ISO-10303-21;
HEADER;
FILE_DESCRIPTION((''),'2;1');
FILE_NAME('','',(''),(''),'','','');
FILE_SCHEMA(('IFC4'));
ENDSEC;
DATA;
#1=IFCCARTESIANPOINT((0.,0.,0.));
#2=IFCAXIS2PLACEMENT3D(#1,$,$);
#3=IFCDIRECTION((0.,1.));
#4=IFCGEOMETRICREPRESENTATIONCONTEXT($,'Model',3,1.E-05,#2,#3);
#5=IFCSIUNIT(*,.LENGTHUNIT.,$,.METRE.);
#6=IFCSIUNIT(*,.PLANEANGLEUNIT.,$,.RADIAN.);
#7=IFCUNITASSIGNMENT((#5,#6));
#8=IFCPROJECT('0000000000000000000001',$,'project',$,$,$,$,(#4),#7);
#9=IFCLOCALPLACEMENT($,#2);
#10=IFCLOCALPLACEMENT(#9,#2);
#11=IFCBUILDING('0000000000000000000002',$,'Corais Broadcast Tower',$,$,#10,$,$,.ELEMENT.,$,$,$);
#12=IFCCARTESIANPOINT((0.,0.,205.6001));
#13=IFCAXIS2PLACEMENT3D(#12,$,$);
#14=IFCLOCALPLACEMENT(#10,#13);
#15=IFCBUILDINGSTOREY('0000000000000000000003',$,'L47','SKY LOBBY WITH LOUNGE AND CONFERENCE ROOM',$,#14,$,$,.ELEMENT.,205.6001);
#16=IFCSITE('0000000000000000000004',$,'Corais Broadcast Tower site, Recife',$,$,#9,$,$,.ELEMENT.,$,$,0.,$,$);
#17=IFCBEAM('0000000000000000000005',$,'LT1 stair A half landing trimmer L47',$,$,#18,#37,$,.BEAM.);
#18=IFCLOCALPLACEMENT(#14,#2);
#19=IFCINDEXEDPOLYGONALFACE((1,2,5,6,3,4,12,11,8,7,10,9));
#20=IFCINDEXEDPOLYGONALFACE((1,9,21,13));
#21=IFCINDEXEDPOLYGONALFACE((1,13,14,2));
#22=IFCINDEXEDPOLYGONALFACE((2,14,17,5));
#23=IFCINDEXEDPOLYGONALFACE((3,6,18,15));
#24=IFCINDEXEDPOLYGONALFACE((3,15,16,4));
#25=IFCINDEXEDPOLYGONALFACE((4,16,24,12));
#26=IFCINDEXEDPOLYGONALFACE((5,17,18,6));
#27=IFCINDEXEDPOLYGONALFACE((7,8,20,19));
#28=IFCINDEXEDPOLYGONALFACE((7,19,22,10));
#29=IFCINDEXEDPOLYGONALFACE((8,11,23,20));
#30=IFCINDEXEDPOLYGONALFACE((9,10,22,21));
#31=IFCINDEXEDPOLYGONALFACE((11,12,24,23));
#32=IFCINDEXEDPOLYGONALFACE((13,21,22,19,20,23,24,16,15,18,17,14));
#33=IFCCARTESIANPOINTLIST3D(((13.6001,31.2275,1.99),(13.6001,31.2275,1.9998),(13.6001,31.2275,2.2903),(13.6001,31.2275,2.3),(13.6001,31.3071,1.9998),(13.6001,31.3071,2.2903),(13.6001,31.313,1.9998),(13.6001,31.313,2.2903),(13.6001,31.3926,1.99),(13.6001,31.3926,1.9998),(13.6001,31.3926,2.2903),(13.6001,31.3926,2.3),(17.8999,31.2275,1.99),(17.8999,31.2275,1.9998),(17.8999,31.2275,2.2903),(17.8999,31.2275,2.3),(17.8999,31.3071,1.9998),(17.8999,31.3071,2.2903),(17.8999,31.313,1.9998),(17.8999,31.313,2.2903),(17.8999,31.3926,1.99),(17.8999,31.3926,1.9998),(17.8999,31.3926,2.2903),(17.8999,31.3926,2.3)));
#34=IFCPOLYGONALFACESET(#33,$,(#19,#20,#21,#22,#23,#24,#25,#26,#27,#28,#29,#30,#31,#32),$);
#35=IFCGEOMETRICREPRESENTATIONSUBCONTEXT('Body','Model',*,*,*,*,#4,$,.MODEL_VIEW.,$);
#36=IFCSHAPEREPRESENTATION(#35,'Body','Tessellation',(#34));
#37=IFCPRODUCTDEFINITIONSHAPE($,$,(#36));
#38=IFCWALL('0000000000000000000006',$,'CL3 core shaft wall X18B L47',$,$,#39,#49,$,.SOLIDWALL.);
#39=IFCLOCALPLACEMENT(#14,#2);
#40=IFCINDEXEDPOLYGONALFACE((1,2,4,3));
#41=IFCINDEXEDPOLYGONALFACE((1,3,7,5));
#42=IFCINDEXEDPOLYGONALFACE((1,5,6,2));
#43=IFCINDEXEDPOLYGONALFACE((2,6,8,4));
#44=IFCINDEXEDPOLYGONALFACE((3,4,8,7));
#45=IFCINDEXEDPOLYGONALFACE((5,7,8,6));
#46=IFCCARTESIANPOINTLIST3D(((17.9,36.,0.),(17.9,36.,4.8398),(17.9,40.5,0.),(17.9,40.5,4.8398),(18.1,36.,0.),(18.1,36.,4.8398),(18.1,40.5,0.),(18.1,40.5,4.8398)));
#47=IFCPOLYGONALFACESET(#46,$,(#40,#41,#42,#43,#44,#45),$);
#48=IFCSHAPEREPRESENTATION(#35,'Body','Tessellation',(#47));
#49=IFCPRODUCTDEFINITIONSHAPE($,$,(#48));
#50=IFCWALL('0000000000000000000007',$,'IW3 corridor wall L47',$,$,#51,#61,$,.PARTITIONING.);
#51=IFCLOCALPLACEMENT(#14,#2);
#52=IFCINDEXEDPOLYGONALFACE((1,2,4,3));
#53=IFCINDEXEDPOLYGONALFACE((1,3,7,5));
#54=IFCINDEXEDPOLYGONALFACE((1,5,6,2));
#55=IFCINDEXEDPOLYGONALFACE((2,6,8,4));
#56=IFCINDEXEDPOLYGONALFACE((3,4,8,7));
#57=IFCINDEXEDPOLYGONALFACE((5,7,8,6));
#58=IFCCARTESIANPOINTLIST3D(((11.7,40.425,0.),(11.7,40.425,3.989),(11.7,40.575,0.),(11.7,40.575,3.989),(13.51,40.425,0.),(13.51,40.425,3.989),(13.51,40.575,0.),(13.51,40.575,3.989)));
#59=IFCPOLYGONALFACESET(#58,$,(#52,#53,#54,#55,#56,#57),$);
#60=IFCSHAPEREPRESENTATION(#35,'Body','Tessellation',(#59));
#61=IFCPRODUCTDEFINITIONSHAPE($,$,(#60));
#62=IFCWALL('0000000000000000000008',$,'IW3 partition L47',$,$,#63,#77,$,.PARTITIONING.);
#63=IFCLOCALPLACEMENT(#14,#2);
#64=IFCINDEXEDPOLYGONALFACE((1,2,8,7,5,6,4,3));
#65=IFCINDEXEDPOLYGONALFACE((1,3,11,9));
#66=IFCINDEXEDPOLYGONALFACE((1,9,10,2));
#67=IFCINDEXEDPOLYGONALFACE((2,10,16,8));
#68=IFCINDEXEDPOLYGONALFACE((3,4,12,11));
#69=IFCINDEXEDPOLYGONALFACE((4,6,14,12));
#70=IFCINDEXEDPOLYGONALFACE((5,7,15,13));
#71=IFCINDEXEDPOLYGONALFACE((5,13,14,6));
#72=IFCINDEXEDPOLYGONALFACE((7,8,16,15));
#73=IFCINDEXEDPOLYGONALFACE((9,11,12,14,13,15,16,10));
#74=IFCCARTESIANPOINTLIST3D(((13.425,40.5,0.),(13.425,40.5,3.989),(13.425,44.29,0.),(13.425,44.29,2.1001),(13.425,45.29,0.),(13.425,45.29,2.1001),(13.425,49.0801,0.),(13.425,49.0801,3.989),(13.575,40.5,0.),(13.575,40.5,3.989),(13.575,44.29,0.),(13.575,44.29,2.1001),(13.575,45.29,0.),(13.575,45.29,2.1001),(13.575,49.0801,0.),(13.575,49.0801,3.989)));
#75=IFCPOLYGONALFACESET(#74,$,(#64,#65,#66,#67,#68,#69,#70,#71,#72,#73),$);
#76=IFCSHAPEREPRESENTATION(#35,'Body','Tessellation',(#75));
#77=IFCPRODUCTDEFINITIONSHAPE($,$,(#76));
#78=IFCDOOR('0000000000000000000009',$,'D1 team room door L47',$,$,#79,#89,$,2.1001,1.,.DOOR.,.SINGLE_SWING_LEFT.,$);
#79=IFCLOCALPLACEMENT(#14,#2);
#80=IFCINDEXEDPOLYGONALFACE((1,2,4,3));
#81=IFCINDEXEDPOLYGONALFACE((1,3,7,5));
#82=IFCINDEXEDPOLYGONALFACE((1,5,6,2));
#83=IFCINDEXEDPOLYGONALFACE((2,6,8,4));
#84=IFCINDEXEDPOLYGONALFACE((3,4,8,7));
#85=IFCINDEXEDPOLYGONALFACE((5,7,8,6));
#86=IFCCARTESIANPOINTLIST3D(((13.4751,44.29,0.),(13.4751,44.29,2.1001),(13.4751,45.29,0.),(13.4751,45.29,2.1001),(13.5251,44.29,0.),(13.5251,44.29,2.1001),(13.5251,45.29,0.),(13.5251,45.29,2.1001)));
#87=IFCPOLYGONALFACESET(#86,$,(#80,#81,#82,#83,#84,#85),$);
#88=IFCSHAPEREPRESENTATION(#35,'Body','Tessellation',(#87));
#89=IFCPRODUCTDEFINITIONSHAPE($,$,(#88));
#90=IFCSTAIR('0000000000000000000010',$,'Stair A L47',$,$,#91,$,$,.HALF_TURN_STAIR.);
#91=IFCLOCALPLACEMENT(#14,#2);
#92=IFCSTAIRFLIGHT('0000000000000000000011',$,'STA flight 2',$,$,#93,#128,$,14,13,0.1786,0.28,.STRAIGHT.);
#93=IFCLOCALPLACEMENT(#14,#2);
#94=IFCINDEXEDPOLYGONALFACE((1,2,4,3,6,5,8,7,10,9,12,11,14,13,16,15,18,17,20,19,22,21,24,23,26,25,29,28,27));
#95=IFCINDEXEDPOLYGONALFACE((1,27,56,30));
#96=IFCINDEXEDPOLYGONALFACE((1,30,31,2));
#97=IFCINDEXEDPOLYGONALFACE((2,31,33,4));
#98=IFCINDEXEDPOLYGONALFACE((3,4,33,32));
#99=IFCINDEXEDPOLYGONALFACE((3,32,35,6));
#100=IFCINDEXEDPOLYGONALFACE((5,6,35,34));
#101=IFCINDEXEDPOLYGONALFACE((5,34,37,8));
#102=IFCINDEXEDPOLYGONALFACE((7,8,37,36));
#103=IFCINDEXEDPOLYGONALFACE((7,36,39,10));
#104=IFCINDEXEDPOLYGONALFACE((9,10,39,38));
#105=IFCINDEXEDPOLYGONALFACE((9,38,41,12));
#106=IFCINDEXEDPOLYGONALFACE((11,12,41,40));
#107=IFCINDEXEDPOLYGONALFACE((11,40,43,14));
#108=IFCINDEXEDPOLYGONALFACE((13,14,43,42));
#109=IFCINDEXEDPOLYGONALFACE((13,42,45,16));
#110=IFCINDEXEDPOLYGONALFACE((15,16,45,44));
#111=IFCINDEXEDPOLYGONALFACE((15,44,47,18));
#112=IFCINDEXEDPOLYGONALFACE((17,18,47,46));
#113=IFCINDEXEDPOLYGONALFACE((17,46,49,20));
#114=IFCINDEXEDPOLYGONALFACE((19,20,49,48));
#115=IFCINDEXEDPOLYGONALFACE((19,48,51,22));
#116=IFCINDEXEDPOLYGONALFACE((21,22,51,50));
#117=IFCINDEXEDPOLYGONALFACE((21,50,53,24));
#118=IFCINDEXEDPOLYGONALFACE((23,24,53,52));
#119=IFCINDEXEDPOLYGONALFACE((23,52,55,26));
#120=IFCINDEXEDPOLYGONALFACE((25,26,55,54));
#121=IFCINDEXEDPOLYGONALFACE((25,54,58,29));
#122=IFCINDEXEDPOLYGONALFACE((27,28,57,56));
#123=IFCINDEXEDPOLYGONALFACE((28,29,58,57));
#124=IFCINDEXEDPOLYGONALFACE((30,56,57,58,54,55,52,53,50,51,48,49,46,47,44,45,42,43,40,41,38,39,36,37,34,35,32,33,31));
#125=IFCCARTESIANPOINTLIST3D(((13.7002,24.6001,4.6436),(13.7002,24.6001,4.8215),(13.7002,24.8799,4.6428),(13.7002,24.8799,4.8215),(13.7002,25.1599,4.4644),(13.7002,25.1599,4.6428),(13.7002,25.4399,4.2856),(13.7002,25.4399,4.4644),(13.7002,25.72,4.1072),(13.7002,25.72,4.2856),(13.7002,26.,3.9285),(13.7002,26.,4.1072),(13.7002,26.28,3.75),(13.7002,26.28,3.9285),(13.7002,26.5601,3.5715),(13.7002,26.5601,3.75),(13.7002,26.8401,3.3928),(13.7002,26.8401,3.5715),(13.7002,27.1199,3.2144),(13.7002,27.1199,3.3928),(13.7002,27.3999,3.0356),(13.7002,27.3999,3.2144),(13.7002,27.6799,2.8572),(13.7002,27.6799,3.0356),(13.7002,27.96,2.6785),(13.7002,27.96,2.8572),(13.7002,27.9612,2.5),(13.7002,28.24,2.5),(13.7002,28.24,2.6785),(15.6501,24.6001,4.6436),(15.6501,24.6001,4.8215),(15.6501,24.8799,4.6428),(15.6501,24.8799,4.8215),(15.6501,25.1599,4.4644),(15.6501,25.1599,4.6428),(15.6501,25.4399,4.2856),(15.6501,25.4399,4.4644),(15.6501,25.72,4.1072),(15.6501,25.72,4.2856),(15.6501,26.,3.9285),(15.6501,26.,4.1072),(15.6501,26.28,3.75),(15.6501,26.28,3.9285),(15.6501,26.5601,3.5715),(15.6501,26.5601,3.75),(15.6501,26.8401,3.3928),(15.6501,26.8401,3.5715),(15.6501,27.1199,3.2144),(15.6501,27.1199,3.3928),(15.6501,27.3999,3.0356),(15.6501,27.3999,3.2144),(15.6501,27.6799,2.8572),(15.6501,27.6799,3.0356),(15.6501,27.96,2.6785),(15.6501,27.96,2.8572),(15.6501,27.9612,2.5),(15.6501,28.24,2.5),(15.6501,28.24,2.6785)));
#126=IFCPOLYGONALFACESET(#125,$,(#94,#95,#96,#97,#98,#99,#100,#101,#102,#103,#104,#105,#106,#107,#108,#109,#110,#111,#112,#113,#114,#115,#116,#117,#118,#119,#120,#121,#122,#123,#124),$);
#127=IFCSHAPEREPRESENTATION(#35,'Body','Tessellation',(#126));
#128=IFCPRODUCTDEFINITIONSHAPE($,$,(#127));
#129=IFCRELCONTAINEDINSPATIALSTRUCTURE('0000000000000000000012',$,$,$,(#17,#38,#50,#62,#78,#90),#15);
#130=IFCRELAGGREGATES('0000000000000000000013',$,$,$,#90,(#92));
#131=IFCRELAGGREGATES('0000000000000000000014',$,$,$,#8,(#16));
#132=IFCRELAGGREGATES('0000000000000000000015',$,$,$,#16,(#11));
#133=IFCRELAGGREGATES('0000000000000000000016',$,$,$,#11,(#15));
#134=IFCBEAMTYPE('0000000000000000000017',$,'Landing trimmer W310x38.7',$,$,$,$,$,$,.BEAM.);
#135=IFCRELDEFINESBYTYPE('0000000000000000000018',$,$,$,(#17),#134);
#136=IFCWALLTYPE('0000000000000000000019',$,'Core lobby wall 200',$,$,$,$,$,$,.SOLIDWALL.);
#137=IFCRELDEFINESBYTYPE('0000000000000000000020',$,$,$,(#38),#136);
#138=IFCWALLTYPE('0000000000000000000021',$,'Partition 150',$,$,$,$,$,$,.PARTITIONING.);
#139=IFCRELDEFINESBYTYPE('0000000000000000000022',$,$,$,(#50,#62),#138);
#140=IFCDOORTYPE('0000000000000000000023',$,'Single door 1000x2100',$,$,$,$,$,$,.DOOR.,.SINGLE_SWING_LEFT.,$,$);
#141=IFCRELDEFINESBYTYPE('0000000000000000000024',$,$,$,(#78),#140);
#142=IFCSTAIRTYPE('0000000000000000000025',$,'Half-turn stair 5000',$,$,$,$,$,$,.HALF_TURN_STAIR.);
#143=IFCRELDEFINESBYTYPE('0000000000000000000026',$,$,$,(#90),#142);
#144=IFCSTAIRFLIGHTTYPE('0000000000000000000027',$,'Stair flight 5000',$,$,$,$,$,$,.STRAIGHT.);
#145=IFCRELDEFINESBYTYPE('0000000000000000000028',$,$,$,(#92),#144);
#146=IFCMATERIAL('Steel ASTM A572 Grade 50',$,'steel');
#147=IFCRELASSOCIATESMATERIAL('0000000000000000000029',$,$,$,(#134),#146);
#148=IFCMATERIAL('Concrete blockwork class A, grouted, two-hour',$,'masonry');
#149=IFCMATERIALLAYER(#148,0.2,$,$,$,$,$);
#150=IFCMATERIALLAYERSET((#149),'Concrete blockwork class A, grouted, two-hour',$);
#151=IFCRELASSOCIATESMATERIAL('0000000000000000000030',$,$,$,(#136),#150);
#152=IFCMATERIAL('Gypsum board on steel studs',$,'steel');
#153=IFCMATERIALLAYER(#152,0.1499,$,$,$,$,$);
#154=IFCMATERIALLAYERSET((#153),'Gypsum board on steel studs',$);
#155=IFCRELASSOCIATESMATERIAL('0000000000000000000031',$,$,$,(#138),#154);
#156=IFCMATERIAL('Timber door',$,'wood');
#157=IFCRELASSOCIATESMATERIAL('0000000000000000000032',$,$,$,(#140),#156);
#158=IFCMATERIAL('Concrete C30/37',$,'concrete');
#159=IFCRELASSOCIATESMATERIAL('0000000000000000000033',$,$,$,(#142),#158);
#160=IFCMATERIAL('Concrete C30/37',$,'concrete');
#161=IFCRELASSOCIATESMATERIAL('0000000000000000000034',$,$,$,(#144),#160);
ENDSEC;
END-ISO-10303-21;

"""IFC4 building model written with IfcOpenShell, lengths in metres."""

from ifc_helpers import new_model, si_unit, direction, frame, frame_2d, origin, origin_2d, place, context, subcontext, project, spatial, polyline, rectangle, i_section, outline, extrude, material, layer, layer_set, material_profile, profile_set, type_object, element, fill, aggregate, save


model = new_model("IFC4")

# Units and contexts
model_context = context("Model", 3, precision=1e-05, world=origin(), true_north=direction((0.0, 1.0)))
body_context = subcontext(model_context, "Body", "Model", "MODEL_VIEW")
ifc_project = project(units=[si_unit("LENGTHUNIT", "METRE"), si_unit("PLANEANGLEUNIT", "RADIAN")], contexts=[model_context])

# Site, building, storey
site_placement = place(None, origin())
site = spatial("IfcSite", under=ifc_project, at=site_placement, Name="Corais Broadcast Tower site, Recife", CompositionType="ELEMENT", RefElevation=0.0)
building_placement = place(site_placement, origin())
building = spatial("IfcBuilding", under=site, at=building_placement, Name="Corais Broadcast Tower", CompositionType="ELEMENT")
storey_placement = place(building_placement, frame((0.0, 0.0, 205.6001)))
storey = spatial("IfcBuildingStorey", under=building, at=storey_placement, Name="L47", Description="SKY LOBBY WITH LOUNGE AND CONFERENCE ROOM", CompositionType="ELEMENT", Elevation=205.6001)

# Beam
ifc_material_1 = material(Name="Steel ASTM A572 Grade 50", Category="steel")
ifc_material_profile = material_profile(ifc_material_1, i_section(OverallWidth=0.165, OverallDepth=0.3101, WebThickness=0.0059, FlangeThickness=0.0098, at=origin_2d()), Name="W310x38.7")
ifc_profile_set = profile_set([ifc_material_profile], Name="Steel ASTM A572 Grade 50")
beam_type = type_object("IfcBeamType", Name="Landing trimmer W310x38.7", PredefinedType="BEAM", material=ifc_profile_set)
beam_placement = place(storey_placement, frame((13.6001, 31.3101, 2.145), z_axis=(1.0, 0.0, 0.0), x_axis=(0.0, 1.0, 0.0)))
element("IfcBeam", 1, at=beam_placement, inside=storey, type_object=beam_type, Name="LT1 stair A half landing trimmer L47", PredefinedType="BEAM", context=body_context, shape_type="SweptSolid", body=[
    extrude(i_section(OverallWidth=0.165, OverallDepth=0.3101, WebThickness=0.0059, FlangeThickness=0.0098, at=origin_2d()), origin(), (0.0, 0.0, 1.0), 4.2998),
])

# Walls
ifc_material_2 = material(Name="Concrete blockwork class A, grouted, two-hour", Category="masonry")
ifc_layer_1 = layer(ifc_material_2, 0.2)
ifc_layer_set_1 = layer_set([ifc_layer_1], Name="Concrete blockwork class A, grouted, two-hour")
wall_type_1 = type_object("IfcWallType", Name="Core lobby wall 200", PredefinedType="SOLIDWALL", material=ifc_layer_set_1)
wall_1_placement = place(storey_placement, frame((18.0, 36.0, 0.0), z_axis=(0.0, 0.0, 1.0), x_axis=(0.0, 1.0, 0.0)))
element("IfcWall", 2, at=wall_1_placement, inside=storey, type_object=wall_type_1, Name="CL3 core shaft wall X18B L47", PredefinedType="SOLIDWALL", context=body_context, shape_type="SweptSolid", body=[
    extrude(rectangle(XDim=4.5, YDim=0.2, at=frame_2d((2.25, 0.0))), origin(), (0.0, 0.0, 1.0), 4.8398),
])
ifc_material_3 = material(Name="Gypsum board on steel studs", Category="steel")
ifc_layer_2 = layer(ifc_material_3, 0.1499)
ifc_layer_set_2 = layer_set([ifc_layer_2], Name="Gypsum board on steel studs")
wall_type_2 = type_object("IfcWallType", Name="Partition 150", PredefinedType="PARTITIONING", material=ifc_layer_set_2)
wall_2_placement = place(storey_placement, frame((13.51, 40.5, 0.0), z_axis=(0.0, 0.0, 1.0), x_axis=(-1.0, 0.0, 0.0)))
element("IfcWall", 3, at=wall_2_placement, inside=storey, type_object=wall_type_2, Name="IW3 corridor wall L47", PredefinedType="PARTITIONING", context=body_context, shape_type="SweptSolid", body=[
    extrude(rectangle(XDim=1.8101, YDim=0.1499, at=frame_2d((0.905, 0.0))), origin(), (0.0, 0.0, 1.0), 3.989),
])

# Wall, opening, door
wall_3_placement = place(storey_placement, frame((13.5, 40.5, 0.0), z_axis=(0.0, 0.0, 1.0), x_axis=(0.0, 1.0, 0.0)))
wall_3 = element("IfcWall", 4, at=wall_3_placement, inside=storey, type_object=wall_type_2, Name="IW3 partition L47", PredefinedType="PARTITIONING", context=body_context, shape_type="SweptSolid", body=[
    extrude(rectangle(XDim=8.5801, YDim=0.1499, at=frame_2d((4.29, 0.0))), origin(), (0.0, 0.0, 1.0), 3.989),
])
opening_placement = place(wall_3_placement, frame((3.79, 0.0, 0.0)))
opening = element("IfcOpeningElement", 5, at=opening_placement, cuts=wall_3, PredefinedType="OPENING", context=body_context, shape_type="SweptSolid", body=[
    extrude(rectangle(XDim=1.0, YDim=2.1001, at=frame_2d((0.5, 1.05))), frame((0.0, 0.085, 0.0), z_axis=(0.0, -1.0, 0.0), x_axis=(1.0, 0.0, 0.0)), (0.0, 0.0, 1.0), 0.1699),
])
ifc_material_4 = material(Name="Timber door", Category="wood")
door_type = type_object("IfcDoorType", Name="Single door 1000x2100", OperationType="SINGLE_SWING_LEFT", PredefinedType="DOOR", material=ifc_material_4)
door_placement = place(opening_placement, origin())
door = element("IfcDoor", 6, at=door_placement, inside=storey, type_object=door_type, Name="D1 team room door L47", OperationType="SINGLE_SWING_LEFT", OverallHeight=2.1001, OverallWidth=1.0, PredefinedType="DOOR", context=body_context, shape_type="SweptSolid", body=[
    extrude(rectangle(XDim=1.0, YDim=2.1001, at=frame_2d((0.5, 1.05))), frame((0.0, 0.0249, 0.0), z_axis=(0.0, -1.0, 0.0), x_axis=(1.0, 0.0, 0.0)), (0.0, 0.0, 1.0), 0.05),
])
fill(opening, door)

# Stair, stair flight
ifc_material_5 = material(Name="Concrete C30/37", Category="concrete")
stair_type = type_object("IfcStairType", Name="Half-turn stair 5000", PredefinedType="HALF_TURN_STAIR", material=ifc_material_5)
stair_placement = place(storey_placement, origin())
stair = element("IfcStair", 7, at=stair_placement, inside=storey, type_object=stair_type, Name="Stair A L47", PredefinedType="HALF_TURN_STAIR")
ifc_material_6 = material(Name="Concrete C30/37", Category="concrete")
stair_flight_type = type_object("IfcStairFlightType", Name="Stair flight 5000", PredefinedType="STRAIGHT", material=ifc_material_6)
stair_flight_placement = place(storey_placement, frame((14.675, 28.24, 2.5), z_axis=(0.0, 0.0, 1.0), x_axis=(0.0, -1.0, 0.0)))
stair_flight = element("IfcStairFlight", 8, at=stair_flight_placement, type_object=stair_flight_type, Name="STA flight 2", NumberOfRisers=14, NumberOfTreads=13, PredefinedType="STRAIGHT", RiserHeight=0.1786, TreadLength=0.28, context=body_context, shape_type="SweptSolid", body=[
    extrude(outline(polyline([(0.0, 0.0), (0.0, 0.1785), (0.28, 0.1785), (0.28, 0.3572), (0.5601, 0.3572), (0.5601, 0.5356), (0.8401, 0.5356), (0.8401, 0.7144), (1.1201, 0.7144), (1.1201, 0.8928), (1.3999, 0.8928), (1.3999, 1.0715), (1.6799, 1.0715), (1.6799, 1.25), (1.96, 1.25), (1.96, 1.4285), (2.24, 1.4285), (2.24, 1.6072), (2.52, 1.6072), (2.52, 1.7856), (2.8, 1.7856), (2.8, 1.9644), (3.0801, 1.9644), (3.0801, 2.1428), (3.3601, 2.1428), (3.3601, 2.3215), (3.6399, 2.3215), (3.6399, 2.5), (3.6399, 2.1436), (0.2788, 0.0), (0.0, 0.0)])), frame((0.0, 0.9751, 0.0), z_axis=(0.0, -1.0, 0.0), x_axis=(1.0, 0.0, 0.0)), (0.0, 0.0, 1.0), 1.95),
])
aggregate(stair, [stair_flight])

save(model, "model.ifc")
